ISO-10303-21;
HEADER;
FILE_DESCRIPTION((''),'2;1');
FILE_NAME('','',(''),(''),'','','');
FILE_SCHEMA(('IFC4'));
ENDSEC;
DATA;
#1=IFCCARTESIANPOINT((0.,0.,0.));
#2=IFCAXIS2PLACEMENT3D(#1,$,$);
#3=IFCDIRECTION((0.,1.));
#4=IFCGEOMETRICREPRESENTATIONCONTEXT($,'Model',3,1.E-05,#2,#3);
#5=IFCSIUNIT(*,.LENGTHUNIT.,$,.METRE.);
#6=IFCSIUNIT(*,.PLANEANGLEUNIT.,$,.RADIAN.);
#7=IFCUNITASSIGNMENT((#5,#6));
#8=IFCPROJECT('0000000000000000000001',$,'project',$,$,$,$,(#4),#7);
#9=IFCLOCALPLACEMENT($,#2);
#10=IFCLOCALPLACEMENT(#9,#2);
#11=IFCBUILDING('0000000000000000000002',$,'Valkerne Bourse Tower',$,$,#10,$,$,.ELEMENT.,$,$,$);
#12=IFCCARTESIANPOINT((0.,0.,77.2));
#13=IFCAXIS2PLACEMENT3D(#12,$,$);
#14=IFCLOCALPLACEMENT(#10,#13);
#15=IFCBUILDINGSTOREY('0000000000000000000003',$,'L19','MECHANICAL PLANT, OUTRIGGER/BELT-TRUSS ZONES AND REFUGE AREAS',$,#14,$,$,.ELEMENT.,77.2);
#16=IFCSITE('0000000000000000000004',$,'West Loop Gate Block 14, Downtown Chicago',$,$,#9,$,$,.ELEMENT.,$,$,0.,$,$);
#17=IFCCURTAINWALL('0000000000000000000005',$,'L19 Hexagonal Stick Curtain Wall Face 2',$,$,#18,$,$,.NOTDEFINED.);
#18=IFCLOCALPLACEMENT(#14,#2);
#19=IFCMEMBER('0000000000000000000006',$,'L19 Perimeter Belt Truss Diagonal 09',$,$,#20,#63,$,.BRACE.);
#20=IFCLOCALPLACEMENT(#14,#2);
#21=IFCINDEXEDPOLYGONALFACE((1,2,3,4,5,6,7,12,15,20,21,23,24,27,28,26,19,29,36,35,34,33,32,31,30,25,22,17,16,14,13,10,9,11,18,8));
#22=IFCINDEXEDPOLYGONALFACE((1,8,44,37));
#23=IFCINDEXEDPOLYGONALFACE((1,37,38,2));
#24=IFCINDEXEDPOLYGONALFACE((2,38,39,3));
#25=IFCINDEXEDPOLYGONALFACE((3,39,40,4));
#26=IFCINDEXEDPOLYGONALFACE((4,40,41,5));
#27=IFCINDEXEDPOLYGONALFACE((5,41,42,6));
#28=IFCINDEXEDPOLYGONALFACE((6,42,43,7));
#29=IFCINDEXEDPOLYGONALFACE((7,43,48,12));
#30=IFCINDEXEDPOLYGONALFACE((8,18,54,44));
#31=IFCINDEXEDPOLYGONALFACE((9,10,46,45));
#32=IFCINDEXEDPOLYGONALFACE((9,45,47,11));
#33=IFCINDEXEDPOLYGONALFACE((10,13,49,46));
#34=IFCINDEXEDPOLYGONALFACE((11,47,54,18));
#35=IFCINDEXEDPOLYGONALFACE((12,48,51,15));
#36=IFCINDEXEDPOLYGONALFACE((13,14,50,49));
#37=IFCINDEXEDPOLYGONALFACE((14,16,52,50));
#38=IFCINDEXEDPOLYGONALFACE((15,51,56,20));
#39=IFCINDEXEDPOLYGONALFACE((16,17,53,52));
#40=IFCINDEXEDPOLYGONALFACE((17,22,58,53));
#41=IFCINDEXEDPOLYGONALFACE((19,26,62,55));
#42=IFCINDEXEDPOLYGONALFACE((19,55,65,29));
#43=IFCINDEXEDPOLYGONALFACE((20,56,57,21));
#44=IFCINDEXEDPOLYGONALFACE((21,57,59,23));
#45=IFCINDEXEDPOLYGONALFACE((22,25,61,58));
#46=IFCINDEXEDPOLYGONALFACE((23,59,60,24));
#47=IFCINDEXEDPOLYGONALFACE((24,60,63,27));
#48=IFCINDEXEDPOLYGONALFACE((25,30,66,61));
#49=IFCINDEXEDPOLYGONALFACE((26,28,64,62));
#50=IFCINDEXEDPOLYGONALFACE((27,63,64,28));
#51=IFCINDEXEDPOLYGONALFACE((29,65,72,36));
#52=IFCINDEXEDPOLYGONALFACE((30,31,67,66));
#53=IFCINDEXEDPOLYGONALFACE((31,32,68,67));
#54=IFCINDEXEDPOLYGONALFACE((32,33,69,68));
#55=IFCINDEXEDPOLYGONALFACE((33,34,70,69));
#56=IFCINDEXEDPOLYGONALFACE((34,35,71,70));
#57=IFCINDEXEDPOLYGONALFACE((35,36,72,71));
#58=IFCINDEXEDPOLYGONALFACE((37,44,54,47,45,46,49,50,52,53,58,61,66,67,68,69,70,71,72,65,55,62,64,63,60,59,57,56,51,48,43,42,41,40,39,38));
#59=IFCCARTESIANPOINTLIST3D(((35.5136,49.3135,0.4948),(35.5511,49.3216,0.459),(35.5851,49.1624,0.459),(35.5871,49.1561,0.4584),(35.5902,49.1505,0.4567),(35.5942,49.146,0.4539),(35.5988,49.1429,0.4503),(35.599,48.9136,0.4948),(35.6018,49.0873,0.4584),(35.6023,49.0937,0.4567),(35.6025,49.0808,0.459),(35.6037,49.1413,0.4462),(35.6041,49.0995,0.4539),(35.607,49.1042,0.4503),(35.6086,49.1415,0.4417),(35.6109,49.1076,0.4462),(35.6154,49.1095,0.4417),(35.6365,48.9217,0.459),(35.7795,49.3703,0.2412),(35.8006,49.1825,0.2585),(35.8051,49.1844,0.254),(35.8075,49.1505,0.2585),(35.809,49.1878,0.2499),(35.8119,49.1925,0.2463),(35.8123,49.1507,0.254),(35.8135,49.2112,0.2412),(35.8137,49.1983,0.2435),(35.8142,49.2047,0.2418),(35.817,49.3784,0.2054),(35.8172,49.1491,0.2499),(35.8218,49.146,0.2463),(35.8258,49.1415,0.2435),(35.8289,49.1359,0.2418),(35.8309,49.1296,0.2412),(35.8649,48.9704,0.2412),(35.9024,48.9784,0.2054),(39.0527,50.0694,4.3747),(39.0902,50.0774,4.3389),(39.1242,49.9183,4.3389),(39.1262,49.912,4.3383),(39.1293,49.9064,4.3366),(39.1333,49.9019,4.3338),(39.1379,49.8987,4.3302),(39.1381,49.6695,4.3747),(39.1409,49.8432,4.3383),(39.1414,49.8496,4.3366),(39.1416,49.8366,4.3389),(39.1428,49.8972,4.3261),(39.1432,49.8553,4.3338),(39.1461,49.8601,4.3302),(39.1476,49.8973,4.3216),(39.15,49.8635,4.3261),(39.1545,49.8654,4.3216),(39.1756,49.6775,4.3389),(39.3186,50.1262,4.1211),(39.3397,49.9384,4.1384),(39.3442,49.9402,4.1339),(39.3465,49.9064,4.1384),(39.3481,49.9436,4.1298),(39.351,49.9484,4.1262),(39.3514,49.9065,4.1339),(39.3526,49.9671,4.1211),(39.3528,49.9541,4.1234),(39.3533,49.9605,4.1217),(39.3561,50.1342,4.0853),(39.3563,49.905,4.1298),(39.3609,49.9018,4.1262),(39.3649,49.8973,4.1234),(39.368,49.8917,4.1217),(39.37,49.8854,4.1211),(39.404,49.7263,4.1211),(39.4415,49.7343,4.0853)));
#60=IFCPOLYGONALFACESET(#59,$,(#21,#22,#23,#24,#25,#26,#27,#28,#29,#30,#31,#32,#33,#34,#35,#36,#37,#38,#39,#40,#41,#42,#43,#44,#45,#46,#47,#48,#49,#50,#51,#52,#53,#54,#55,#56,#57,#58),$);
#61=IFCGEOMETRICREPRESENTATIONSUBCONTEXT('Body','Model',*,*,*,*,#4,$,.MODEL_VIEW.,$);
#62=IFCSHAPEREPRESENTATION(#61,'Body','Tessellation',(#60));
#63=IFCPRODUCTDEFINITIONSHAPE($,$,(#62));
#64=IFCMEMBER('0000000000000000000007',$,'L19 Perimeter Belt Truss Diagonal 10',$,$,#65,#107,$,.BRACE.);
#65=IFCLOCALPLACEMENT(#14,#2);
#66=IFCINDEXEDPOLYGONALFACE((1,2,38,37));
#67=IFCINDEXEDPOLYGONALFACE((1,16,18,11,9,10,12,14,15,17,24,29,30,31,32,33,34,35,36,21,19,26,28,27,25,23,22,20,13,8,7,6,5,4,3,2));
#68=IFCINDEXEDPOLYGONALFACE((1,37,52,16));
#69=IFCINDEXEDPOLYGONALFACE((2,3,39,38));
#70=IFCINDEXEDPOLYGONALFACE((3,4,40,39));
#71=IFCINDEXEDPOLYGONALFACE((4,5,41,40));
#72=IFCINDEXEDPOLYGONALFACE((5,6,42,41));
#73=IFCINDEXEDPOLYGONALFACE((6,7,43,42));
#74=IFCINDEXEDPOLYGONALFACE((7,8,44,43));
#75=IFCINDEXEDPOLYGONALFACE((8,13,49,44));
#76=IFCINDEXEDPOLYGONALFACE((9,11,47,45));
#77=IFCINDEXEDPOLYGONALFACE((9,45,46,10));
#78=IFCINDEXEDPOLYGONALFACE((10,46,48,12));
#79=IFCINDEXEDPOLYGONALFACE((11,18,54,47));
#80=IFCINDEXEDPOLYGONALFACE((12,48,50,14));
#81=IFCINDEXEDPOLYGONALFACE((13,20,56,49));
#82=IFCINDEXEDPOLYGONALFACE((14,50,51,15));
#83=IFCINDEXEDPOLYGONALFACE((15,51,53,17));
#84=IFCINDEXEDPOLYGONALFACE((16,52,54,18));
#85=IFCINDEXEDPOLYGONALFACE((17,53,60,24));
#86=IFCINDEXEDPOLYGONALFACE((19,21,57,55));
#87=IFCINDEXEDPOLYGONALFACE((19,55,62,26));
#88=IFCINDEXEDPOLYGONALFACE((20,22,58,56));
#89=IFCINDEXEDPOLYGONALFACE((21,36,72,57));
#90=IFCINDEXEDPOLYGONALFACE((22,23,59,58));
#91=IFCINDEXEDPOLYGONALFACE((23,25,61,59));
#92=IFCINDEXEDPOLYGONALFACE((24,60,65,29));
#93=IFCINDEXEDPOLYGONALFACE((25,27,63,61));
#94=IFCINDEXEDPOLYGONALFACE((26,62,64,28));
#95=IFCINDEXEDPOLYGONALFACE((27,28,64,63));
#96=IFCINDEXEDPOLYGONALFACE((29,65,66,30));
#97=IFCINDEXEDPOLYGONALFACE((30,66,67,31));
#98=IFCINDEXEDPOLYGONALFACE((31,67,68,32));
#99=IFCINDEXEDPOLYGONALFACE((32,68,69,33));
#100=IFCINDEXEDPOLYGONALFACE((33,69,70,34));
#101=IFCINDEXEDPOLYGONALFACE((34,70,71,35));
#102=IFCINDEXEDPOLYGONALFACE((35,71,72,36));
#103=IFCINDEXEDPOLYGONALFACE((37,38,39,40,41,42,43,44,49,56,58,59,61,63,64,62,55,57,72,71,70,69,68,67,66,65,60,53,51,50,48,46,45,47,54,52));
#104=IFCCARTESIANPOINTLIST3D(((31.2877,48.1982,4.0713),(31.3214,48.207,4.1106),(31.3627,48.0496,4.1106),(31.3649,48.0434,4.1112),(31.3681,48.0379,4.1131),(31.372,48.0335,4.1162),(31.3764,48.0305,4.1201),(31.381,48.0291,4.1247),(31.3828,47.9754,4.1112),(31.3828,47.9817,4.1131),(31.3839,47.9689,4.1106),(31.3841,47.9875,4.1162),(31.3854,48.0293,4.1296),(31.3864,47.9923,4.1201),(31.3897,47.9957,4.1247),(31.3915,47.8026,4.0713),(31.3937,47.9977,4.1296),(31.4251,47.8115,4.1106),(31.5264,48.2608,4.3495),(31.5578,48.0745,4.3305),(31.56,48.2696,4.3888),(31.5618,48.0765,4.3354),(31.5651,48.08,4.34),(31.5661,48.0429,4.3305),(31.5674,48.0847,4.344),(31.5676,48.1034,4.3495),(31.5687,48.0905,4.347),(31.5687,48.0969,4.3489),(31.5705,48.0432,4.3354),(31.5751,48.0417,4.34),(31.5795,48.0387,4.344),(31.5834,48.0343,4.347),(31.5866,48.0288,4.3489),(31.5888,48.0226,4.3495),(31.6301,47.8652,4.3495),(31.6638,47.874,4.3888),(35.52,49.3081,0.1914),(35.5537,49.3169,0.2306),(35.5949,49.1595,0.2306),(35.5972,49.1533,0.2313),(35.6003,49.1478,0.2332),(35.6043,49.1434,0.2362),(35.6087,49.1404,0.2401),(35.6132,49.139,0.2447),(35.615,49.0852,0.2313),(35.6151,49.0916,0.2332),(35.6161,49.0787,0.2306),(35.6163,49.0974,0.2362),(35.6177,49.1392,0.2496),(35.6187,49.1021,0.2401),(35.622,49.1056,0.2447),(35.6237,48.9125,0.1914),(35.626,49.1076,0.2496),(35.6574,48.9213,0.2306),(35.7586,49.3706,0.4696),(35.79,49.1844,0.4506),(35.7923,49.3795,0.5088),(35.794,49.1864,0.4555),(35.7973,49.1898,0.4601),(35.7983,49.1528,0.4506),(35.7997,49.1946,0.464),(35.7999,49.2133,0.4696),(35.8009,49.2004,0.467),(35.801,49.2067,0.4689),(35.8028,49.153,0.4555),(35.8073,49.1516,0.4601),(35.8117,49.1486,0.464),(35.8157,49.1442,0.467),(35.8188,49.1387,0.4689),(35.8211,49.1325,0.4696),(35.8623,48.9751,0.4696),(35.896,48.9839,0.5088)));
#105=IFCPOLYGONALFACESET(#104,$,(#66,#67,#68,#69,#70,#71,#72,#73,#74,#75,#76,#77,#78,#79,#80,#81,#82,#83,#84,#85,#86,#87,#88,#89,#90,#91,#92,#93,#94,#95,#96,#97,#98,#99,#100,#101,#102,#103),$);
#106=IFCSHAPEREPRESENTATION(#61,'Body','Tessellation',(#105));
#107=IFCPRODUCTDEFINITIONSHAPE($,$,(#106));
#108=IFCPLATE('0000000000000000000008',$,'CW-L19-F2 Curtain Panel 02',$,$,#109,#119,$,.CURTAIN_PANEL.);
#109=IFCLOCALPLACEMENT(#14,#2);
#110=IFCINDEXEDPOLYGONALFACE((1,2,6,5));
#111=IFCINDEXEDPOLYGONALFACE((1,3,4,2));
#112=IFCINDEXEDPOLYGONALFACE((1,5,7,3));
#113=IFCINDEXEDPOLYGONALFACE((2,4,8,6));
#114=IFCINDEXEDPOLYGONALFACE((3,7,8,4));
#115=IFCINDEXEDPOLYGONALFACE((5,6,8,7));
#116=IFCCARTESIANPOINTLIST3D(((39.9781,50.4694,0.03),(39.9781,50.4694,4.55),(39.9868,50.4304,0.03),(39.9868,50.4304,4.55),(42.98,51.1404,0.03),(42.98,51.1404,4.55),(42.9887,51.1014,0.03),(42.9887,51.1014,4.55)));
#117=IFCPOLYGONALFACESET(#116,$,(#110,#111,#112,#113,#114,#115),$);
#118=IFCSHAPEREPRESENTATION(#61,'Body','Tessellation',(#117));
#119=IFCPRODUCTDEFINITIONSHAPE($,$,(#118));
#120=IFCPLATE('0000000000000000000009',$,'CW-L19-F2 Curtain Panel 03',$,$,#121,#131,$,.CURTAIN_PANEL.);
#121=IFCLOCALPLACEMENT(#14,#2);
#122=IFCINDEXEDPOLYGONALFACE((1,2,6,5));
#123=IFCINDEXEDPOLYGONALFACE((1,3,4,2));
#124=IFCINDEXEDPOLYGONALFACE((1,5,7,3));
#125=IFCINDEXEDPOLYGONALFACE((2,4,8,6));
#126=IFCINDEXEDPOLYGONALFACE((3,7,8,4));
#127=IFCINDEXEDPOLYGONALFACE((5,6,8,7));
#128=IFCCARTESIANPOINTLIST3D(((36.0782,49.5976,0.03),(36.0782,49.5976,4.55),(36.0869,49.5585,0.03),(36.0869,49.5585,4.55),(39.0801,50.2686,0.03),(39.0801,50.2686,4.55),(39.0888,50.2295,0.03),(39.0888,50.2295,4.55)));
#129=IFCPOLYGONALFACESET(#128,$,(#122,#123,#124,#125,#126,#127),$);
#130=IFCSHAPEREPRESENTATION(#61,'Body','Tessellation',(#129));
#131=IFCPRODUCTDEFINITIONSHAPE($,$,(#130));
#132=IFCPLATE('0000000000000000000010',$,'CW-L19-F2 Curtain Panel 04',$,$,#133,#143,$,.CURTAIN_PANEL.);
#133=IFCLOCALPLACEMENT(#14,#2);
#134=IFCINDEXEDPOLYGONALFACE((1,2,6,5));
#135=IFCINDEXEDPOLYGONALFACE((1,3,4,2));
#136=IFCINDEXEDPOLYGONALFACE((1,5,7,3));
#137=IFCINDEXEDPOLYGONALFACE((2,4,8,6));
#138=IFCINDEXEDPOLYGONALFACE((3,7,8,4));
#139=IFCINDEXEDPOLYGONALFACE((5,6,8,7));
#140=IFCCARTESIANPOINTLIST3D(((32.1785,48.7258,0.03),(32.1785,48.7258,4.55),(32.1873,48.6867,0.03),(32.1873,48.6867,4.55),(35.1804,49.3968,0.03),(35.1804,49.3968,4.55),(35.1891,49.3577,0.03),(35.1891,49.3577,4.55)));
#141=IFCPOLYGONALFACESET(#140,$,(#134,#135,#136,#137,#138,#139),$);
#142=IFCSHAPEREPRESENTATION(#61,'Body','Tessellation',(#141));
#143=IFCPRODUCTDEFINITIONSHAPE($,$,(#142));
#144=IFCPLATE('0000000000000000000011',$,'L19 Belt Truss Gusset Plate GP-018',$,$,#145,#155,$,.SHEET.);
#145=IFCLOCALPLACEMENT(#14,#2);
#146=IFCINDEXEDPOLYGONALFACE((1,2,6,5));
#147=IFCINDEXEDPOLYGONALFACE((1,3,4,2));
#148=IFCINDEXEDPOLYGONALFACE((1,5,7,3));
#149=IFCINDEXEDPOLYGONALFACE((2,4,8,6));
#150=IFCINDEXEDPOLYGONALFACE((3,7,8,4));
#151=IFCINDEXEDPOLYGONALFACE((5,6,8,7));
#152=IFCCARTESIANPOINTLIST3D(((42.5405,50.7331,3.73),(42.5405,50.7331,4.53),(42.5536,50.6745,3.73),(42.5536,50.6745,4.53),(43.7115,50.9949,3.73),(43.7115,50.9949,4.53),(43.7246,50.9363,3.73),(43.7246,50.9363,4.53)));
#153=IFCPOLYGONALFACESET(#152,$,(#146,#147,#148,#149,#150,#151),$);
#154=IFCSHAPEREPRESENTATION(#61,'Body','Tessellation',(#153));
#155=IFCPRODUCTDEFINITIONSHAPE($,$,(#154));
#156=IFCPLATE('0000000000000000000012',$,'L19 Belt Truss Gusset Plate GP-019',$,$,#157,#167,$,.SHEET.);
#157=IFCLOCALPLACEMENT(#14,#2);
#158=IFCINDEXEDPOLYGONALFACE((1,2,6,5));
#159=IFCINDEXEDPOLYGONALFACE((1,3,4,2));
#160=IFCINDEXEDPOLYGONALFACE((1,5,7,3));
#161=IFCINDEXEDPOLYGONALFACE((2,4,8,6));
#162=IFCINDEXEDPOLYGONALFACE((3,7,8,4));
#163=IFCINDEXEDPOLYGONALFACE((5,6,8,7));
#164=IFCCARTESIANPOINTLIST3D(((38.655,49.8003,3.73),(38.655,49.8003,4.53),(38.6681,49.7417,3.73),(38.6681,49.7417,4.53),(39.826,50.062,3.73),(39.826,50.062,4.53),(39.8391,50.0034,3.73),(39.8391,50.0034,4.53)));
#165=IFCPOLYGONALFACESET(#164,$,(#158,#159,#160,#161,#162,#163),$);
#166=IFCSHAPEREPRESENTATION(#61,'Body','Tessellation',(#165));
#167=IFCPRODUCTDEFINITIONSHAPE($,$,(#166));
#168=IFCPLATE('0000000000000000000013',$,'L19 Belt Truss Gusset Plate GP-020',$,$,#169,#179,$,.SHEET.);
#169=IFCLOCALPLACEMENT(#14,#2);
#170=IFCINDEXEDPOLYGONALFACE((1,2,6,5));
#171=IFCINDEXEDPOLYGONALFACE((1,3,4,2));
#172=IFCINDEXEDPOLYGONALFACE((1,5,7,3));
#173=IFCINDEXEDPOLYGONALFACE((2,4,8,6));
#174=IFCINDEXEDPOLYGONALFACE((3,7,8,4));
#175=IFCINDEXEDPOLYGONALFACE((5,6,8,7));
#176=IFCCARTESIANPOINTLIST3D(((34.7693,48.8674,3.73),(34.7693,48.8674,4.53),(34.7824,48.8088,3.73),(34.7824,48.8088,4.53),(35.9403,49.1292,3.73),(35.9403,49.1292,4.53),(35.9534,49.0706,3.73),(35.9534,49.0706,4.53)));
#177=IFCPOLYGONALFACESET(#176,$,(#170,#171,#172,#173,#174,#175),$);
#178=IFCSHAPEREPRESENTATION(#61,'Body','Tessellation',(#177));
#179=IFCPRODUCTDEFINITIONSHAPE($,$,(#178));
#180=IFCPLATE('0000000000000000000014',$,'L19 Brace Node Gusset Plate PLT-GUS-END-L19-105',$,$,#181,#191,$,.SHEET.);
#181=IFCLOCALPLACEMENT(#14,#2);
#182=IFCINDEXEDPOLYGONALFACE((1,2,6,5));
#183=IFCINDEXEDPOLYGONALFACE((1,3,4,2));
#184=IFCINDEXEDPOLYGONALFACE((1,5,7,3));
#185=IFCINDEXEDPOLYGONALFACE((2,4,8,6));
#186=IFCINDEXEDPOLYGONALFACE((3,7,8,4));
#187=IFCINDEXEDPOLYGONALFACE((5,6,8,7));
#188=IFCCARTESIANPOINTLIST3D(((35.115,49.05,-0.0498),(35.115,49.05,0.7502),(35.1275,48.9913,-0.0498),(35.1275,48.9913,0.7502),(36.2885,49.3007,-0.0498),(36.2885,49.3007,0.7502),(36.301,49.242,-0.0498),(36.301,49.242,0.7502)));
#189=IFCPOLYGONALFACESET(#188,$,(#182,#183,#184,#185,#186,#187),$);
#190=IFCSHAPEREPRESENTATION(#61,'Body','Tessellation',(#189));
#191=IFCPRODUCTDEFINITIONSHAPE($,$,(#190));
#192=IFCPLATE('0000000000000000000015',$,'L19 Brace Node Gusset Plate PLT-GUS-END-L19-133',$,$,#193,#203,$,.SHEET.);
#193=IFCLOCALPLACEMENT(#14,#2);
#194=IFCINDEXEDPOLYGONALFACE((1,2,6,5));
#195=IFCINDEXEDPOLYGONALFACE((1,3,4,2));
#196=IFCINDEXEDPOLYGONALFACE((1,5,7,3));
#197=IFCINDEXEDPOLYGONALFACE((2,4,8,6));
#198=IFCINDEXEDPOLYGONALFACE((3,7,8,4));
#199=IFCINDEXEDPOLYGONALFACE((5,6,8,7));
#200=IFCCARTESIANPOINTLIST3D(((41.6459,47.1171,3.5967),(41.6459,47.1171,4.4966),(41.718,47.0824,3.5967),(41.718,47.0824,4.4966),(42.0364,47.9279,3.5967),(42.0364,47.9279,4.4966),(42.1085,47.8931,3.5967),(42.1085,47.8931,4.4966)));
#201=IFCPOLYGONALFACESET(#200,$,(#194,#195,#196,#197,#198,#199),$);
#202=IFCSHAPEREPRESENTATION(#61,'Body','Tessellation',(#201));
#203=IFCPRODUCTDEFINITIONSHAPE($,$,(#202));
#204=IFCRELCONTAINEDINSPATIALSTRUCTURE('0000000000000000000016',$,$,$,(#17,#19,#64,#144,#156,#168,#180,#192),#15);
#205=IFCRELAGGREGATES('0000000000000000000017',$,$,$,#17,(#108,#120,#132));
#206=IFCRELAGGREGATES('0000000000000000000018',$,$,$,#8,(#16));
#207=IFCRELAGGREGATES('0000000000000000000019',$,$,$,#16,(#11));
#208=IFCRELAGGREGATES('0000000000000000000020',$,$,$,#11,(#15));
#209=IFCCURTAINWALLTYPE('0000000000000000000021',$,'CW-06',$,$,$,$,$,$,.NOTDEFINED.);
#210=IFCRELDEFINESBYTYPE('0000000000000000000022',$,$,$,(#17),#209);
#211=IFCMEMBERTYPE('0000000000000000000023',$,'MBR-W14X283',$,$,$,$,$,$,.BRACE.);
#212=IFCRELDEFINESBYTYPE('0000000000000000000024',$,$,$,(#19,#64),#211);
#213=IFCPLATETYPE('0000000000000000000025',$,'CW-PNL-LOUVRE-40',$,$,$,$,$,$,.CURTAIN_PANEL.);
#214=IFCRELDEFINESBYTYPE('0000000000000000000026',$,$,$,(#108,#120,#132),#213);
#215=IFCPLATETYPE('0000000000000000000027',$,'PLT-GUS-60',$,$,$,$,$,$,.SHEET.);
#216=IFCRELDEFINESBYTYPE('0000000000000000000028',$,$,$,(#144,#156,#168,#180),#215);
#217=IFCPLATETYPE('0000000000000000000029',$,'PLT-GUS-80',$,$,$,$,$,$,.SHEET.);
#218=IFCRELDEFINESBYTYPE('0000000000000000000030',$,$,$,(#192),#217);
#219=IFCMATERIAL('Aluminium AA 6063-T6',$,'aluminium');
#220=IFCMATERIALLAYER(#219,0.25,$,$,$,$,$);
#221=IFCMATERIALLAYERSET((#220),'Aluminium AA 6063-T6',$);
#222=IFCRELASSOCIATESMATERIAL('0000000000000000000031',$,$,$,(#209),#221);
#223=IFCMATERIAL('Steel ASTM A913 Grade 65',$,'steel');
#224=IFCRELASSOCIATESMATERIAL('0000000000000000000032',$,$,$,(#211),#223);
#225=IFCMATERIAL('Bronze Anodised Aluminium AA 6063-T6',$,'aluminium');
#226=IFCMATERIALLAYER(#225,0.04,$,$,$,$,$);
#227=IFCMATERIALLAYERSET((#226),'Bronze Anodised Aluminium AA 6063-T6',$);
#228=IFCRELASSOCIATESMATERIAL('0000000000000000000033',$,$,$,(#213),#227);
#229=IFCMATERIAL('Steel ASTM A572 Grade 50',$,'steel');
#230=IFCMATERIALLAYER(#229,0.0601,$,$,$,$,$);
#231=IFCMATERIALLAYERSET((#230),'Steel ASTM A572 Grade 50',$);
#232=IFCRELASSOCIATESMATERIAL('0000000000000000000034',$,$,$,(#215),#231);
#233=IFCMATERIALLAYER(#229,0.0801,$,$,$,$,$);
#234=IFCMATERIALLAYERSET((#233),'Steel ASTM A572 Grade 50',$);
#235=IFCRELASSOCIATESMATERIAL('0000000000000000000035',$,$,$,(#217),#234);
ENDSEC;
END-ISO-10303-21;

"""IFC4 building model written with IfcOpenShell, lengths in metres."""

from ifc_helpers import new_model, si_unit, direction, frame, origin, origin_2d, place, context, subcontext, project, spatial, rectangle, i_section, extrude, material, layer, layer_set, material_profile, profile_set, type_object, element, aggregate, save


model = new_model("IFC4")

# Units and contexts
model_context = context("Model", 3, precision=1e-05, world=origin(), true_north=direction((0.0, 1.0)))
body_context = subcontext(model_context, "Body", "Model", "MODEL_VIEW")
ifc_project = project(units=[si_unit("LENGTHUNIT", "METRE"), si_unit("PLANEANGLEUNIT", "RADIAN")], contexts=[model_context])

# Site, building, storey
site_placement = place(None, origin())
site = spatial("IfcSite", under=ifc_project, at=site_placement, Name="West Loop Gate Block 14, Downtown Chicago", CompositionType="ELEMENT", RefElevation=0.0)
building_placement = place(site_placement, origin())
building = spatial("IfcBuilding", under=site, at=building_placement, Name="Valkerne Bourse Tower", CompositionType="ELEMENT")
storey_placement = place(building_placement, frame((0.0, 0.0, 77.2)))
storey = spatial("IfcBuildingStorey", under=building, at=storey_placement, Name="L19", Description="MECHANICAL PLANT, OUTRIGGER/BELT-TRUSS ZONES AND REFUGE AREAS", CompositionType="ELEMENT", Elevation=77.2)

# Shared definitions
ifc_material_1 = material(Name="Steel ASTM A913 Grade 65", Category="steel")

# Curtain wall
ifc_material_2 = material(Name="Aluminium AA 6063-T6", Category="aluminium")
ifc_layer_1 = layer(ifc_material_2, 0.25)
ifc_layer_set_1 = layer_set([ifc_layer_1], Name="Aluminium AA 6063-T6")
curtain_wall_type = type_object("IfcCurtainWallType", Name="CW-06", PredefinedType="NOTDEFINED", material=ifc_layer_set_1)
curtain_wall_placement = place(storey_placement, origin())
curtain_wall = element("IfcCurtainWall", 1, at=curtain_wall_placement, inside=storey, type_object=curtain_wall_type, Name="L19 Hexagonal Stick Curtain Wall Face 2", PredefinedType="NOTDEFINED")

# Members
ifc_material_profile_1 = material_profile(ifc_material_1, i_section(OverallWidth=0.4089, OverallDepth=0.4243, WebThickness=0.0327, FlangeThickness=0.0525, FilletRadius=0.0254, at=origin_2d()), Name="W14X283")
ifc_profile_set_1 = profile_set([ifc_material_profile_1], Name="Steel ASTM A913 Grade 65")
member_type_1 = type_object("IfcMemberType", Name="MBR-W14X283", PredefinedType="BRACE", material=ifc_profile_set_1)
member_1_placement = place(storey_placement, frame((35.708, 49.146, 0.3501), z_axis=(0.667038, 0.142463, 0.731276), x_axis=(-0.208866, 0.977944, 0.0)))
element("IfcMember", 2, at=member_1_placement, inside=storey, type_object=member_type_1, Name="L19 Perimeter Belt Truss Diagonal 09", PredefinedType="BRACE", context=body_context, shape_type="SweptSolid", body=[
    extrude(i_section(OverallWidth=0.4089, OverallDepth=0.4243, WebThickness=0.0327, FlangeThickness=0.0525, FilletRadius=0.0254, at=origin_2d()), origin(), (0.0, 0.0, 1.0), 5.3057),
])
member_2_placement = place(storey_placement, frame((35.708, 49.146, 0.3501), z_axis=(-0.723723, -0.189792, 0.663479), x_axis=(0.253666, -0.967292, 0.0)))
element("IfcMember", 3, at=member_2_placement, inside=storey, type_object=member_type_1, Name="L19 Perimeter Belt Truss Diagonal 10", PredefinedType="BRACE", context=body_context, shape_type="SweptSolid", body=[
    extrude(i_section(OverallWidth=0.4089, OverallDepth=0.4243, WebThickness=0.0327, FlangeThickness=0.0525, FilletRadius=0.0254, at=origin_2d()), origin(), (0.0, 0.0, 1.0), 5.8479),
])

# Plates
ifc_material_3 = material(Name="Bronze Anodised Aluminium AA 6063-T6", Category="aluminium")
ifc_layer_2 = layer(ifc_material_3, 0.04)
ifc_layer_set_2 = layer_set([ifc_layer_2], Name="Bronze Anodised Aluminium AA 6063-T6")
plate_type_1 = type_object("IfcPlateType", Name="CW-PNL-LOUVRE-40", PredefinedType="CURTAIN_PANEL", material=ifc_layer_set_2)
plate_1_placement = place(storey_placement, frame((41.4834, 50.7854, 0.03), z_axis=(0.0, 0.0, 1.0), x_axis=(-0.975916, -0.218147, 0.0)))
plate_1 = element("IfcPlate", 4, at=plate_1_placement, type_object=plate_type_1, Name="CW-L19-F2 Curtain Panel 02", PredefinedType="CURTAIN_PANEL", context=body_context, shape_type="SweptSolid", body=[
    extrude(rectangle(XDim=3.0759, YDim=0.04, at=origin_2d()), origin(), (0.0, 0.0, 1.0), 4.52),
])
plate_2_placement = place(storey_placement, frame((37.5835, 49.9136, 0.03), z_axis=(0.0, 0.0, 1.0), x_axis=(-0.975917, -0.218141, 0.0)))
plate_2 = element("IfcPlate", 5, at=plate_2_placement, type_object=plate_type_1, Name="CW-L19-F2 Curtain Panel 03", PredefinedType="CURTAIN_PANEL", context=body_context, shape_type="SweptSolid", body=[
    extrude(rectangle(XDim=3.0759, YDim=0.04, at=origin_2d()), origin(), (0.0, 0.0, 1.0), 4.52),
])
plate_3_placement = place(storey_placement, frame((33.6838, 49.0417, 0.03), z_axis=(0.0, 0.0, 1.0), x_axis=(-0.975917, -0.218141, 0.0)))
plate_3 = element("IfcPlate", 6, at=plate_3_placement, type_object=plate_type_1, Name="CW-L19-F2 Curtain Panel 04", PredefinedType="CURTAIN_PANEL", context=body_context, shape_type="SweptSolid", body=[
    extrude(rectangle(XDim=3.0759, YDim=0.04, at=origin_2d()), origin(), (0.0, 0.0, 1.0), 4.52),
])
aggregate(curtain_wall, [plate_1, plate_2, plate_3])

# Plates
ifc_material_4 = material(Name="Steel ASTM A572 Grade 50", Category="steel")
ifc_layer_3 = layer(ifc_material_4, 0.0601)
ifc_layer_set_3 = layer_set([ifc_layer_3], Name="Steel ASTM A572 Grade 50")
plate_type_2 = type_object("IfcPlateType", Name="PLT-GUS-60", PredefinedType="SHEET", material=ifc_layer_set_3)
for number, where, z_axis, x_axis, name in (
    (7, (43.1326, 50.8347, 3.73), (0.0, 0.0, 1.0), (-0.975917, -0.218143, 0.0), "L19 Belt Truss Gusset Plate GP-018"),
    (8, (39.2471, 49.9019, 3.73), (0.0, 0.0, 1.0), (-0.975917, -0.218143, 0.0), "L19 Belt Truss Gusset Plate GP-019"),
    (9, (35.3613, 48.969, 3.73), (0.0, 0.0, 1.0), (-0.975917, -0.218143, 0.0), "L19 Belt Truss Gusset Plate GP-020"),
    (10, (35.708, 49.146, -0.0498), (0.0, 0.0, 1.0), (0.977929, 0.208936, 0.0), "L19 Brace Node Gusset Plate PLT-GUS-END-L19-105"),
):
    element("IfcPlate", number, at=place(storey_placement, frame(where, z_axis=z_axis, x_axis=x_axis)), inside=storey, type_object=plate_type_2, Name=name, PredefinedType="SHEET", context=body_context, shape_type="SweptSolid", body=[
        extrude(rectangle(XDim=1.2, YDim=0.0601, at=origin_2d()), origin(), (0.0, 0.0, 1.0), 0.8),
    ])
ifc_layer_4 = layer(ifc_material_4, 0.0801)
ifc_layer_set_4 = layer_set([ifc_layer_4], Name="Steel ASTM A572 Grade 50")
plate_type_3 = type_object("IfcPlateType", Name="PLT-GUS-80", PredefinedType="SHEET", material=ifc_layer_set_4)
for number, where, z_axis, x_axis, name in (
    (11, (41.8772, 47.5051, 3.5967), (0.0, 0.0, 1.0), (-0.433974, -0.900926, 0.0), "L19 Brace Node Gusset Plate PLT-GUS-END-L19-133"),
):
    element("IfcPlate", number, at=place(storey_placement, frame(where, z_axis=z_axis, x_axis=x_axis)), inside=storey, type_object=plate_type_3, Name=name, PredefinedType="SHEET", context=body_context, shape_type="SweptSolid", body=[
        extrude(rectangle(XDim=0.8999, YDim=0.0801, at=origin_2d()), origin(), (0.0, 0.0, 1.0), 0.8999),
    ])

save(model, "model.ifc")
